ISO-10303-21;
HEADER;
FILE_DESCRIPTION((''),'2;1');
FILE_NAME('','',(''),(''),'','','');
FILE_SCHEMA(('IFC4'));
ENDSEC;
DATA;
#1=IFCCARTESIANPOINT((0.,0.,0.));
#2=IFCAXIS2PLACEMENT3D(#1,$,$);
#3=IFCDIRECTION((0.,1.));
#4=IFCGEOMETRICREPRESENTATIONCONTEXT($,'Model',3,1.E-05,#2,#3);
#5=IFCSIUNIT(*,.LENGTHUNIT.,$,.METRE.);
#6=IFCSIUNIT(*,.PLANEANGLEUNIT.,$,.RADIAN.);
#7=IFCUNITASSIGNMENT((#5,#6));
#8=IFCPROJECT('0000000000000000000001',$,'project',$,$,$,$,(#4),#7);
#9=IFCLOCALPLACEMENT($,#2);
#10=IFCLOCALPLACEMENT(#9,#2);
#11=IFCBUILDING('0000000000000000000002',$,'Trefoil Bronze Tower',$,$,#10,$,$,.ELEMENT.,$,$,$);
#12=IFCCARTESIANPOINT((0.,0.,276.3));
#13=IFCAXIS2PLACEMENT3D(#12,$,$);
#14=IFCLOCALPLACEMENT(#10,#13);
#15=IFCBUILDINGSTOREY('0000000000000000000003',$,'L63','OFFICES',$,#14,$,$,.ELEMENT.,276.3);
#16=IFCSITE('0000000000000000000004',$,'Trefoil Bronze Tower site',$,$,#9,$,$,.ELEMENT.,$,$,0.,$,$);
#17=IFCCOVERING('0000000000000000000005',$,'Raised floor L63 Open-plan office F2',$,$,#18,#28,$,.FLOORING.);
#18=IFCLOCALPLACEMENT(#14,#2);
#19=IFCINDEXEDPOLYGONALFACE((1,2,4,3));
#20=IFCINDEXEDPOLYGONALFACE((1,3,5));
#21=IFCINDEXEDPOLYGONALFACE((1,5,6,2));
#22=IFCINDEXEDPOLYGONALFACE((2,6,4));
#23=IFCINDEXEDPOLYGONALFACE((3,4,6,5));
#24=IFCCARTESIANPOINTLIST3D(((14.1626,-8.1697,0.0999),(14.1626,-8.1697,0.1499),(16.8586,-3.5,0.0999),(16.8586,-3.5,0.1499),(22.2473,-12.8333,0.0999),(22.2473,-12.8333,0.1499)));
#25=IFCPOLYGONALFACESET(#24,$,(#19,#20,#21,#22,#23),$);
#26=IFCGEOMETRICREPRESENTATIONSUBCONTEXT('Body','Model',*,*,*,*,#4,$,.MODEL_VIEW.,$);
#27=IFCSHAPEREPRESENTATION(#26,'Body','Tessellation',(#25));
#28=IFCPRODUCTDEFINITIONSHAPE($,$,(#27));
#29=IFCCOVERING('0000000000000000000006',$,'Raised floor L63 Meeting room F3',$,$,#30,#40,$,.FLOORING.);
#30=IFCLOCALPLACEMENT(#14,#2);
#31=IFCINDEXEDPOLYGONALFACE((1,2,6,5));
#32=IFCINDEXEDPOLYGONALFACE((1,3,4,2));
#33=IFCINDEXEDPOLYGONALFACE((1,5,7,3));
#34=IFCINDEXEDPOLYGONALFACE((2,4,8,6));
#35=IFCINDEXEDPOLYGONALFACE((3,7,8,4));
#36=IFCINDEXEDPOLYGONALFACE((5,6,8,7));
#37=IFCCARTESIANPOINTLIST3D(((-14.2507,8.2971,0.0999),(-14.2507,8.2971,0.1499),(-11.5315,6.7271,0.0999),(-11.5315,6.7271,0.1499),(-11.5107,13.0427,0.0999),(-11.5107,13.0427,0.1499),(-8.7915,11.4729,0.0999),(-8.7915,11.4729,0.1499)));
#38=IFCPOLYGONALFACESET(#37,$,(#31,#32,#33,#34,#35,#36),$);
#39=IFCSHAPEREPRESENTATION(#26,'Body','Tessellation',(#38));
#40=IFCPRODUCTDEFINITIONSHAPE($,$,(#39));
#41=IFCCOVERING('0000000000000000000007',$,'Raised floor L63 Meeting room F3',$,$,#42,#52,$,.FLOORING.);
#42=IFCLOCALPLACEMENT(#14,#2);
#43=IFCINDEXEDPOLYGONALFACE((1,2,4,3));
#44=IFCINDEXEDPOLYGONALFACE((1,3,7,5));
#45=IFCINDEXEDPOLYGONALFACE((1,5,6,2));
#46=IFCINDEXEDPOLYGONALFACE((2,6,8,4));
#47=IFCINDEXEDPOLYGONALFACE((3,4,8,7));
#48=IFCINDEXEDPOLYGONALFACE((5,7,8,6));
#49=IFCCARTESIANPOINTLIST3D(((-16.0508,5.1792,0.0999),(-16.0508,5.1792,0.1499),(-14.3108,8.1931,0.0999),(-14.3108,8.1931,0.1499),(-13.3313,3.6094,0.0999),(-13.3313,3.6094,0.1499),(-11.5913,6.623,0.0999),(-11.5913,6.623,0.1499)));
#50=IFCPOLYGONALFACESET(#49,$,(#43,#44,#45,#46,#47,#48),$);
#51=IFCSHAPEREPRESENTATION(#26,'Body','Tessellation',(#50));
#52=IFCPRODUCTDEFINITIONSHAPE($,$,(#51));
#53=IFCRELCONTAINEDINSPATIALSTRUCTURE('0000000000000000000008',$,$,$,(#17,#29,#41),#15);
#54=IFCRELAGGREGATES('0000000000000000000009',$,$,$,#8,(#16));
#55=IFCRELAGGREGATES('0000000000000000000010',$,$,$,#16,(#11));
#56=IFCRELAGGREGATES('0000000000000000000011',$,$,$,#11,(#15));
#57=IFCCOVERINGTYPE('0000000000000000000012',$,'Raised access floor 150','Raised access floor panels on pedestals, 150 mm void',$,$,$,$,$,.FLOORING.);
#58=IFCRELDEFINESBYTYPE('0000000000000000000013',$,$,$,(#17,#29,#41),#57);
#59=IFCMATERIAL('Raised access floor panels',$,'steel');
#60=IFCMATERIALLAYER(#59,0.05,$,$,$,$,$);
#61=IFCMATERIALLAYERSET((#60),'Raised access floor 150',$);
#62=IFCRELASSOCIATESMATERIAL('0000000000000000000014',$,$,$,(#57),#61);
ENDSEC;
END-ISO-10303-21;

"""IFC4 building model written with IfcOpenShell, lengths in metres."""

from ifc_helpers import new_model, si_unit, direction, frame, origin, place, context, subcontext, project, spatial, polyline, outline, extrude, material, layer, layer_set, type_object, element, save


model = new_model("IFC4")

# Units and contexts
model_context = context("Model", 3, precision=1e-05, world=origin(), true_north=direction((0.0, 1.0)))
body_context = subcontext(model_context, "Body", "Model", "MODEL_VIEW")
ifc_project = project(units=[si_unit("LENGTHUNIT", "METRE"), si_unit("PLANEANGLEUNIT", "RADIAN")], contexts=[model_context])

# Site, building, storey
site_placement = place(None, origin())
site = spatial("IfcSite", under=ifc_project, at=site_placement, Name="Trefoil Bronze Tower site", CompositionType="ELEMENT", RefElevation=0.0)
building_placement = place(site_placement, origin())
building = spatial("IfcBuilding", under=site, at=building_placement, Name="Trefoil Bronze Tower", CompositionType="ELEMENT")
storey_placement = place(building_placement, frame((0.0, 0.0, 276.3)))
storey = spatial("IfcBuildingStorey", under=building, at=storey_placement, Name="L63", Description="OFFICES", CompositionType="ELEMENT", Elevation=276.3)

# Coverings
ifc_material_1 = material(Name="Raised access floor panels", Category="steel")
ifc_layer_1 = layer(ifc_material_1, 0.05)
ifc_layer_set_1 = layer_set([ifc_layer_1], Name="Raised access floor 150")
covering_type_1 = type_object("IfcCoveringType", Name="Raised access floor 150", Description="Raised access floor panels on pedestals, 150 mm void", PredefinedType="FLOORING", material=ifc_layer_set_1)
covering_1_placement = place(storey_placement, frame((0.0, 0.0, 0.0999)))
element("IfcCovering", 1, at=covering_1_placement, inside=storey, type_object=covering_type_1, Name="Raised floor L63 Open-plan office F2", PredefinedType="FLOORING", context=body_context, shape_type="SweptSolid", body=[
    extrude(outline(polyline([(14.1626, -8.1697), (16.8586, -3.5), (22.2473, -12.8333), (14.1626, -8.1697)])), origin(), (0.0, 0.0, 1.0), 0.05),
])
covering_2_placement = place(storey_placement, frame((0.0, 0.0, 0.0999)))
element("IfcCovering", 2, at=covering_2_placement, inside=storey, type_object=covering_type_1, Name="Raised floor L63 Meeting room F3", PredefinedType="FLOORING", context=body_context, shape_type="SweptSolid", body=[
    extrude(outline(polyline([(-11.5315, 6.7271), (-14.2507, 8.2971), (-11.5107, 13.0427), (-8.7915, 11.4729), (-11.5315, 6.7271)])), origin(), (0.0, 0.0, 1.0), 0.05),
])
covering_3_placement = place(storey_placement, frame((0.0, 0.0, 0.0999)))
element("IfcCovering", 3, at=covering_3_placement, inside=storey, type_object=covering_type_1, Name="Raised floor L63 Meeting room F3", PredefinedType="FLOORING", context=body_context, shape_type="SweptSolid", body=[
    extrude(outline(polyline([(-13.3313, 3.6094), (-16.0508, 5.1792), (-14.3108, 8.1931), (-11.5913, 6.623), (-13.3313, 3.6094)])), origin(), (0.0, 0.0, 1.0), 0.05),
])

save(model, "model.ifc")
